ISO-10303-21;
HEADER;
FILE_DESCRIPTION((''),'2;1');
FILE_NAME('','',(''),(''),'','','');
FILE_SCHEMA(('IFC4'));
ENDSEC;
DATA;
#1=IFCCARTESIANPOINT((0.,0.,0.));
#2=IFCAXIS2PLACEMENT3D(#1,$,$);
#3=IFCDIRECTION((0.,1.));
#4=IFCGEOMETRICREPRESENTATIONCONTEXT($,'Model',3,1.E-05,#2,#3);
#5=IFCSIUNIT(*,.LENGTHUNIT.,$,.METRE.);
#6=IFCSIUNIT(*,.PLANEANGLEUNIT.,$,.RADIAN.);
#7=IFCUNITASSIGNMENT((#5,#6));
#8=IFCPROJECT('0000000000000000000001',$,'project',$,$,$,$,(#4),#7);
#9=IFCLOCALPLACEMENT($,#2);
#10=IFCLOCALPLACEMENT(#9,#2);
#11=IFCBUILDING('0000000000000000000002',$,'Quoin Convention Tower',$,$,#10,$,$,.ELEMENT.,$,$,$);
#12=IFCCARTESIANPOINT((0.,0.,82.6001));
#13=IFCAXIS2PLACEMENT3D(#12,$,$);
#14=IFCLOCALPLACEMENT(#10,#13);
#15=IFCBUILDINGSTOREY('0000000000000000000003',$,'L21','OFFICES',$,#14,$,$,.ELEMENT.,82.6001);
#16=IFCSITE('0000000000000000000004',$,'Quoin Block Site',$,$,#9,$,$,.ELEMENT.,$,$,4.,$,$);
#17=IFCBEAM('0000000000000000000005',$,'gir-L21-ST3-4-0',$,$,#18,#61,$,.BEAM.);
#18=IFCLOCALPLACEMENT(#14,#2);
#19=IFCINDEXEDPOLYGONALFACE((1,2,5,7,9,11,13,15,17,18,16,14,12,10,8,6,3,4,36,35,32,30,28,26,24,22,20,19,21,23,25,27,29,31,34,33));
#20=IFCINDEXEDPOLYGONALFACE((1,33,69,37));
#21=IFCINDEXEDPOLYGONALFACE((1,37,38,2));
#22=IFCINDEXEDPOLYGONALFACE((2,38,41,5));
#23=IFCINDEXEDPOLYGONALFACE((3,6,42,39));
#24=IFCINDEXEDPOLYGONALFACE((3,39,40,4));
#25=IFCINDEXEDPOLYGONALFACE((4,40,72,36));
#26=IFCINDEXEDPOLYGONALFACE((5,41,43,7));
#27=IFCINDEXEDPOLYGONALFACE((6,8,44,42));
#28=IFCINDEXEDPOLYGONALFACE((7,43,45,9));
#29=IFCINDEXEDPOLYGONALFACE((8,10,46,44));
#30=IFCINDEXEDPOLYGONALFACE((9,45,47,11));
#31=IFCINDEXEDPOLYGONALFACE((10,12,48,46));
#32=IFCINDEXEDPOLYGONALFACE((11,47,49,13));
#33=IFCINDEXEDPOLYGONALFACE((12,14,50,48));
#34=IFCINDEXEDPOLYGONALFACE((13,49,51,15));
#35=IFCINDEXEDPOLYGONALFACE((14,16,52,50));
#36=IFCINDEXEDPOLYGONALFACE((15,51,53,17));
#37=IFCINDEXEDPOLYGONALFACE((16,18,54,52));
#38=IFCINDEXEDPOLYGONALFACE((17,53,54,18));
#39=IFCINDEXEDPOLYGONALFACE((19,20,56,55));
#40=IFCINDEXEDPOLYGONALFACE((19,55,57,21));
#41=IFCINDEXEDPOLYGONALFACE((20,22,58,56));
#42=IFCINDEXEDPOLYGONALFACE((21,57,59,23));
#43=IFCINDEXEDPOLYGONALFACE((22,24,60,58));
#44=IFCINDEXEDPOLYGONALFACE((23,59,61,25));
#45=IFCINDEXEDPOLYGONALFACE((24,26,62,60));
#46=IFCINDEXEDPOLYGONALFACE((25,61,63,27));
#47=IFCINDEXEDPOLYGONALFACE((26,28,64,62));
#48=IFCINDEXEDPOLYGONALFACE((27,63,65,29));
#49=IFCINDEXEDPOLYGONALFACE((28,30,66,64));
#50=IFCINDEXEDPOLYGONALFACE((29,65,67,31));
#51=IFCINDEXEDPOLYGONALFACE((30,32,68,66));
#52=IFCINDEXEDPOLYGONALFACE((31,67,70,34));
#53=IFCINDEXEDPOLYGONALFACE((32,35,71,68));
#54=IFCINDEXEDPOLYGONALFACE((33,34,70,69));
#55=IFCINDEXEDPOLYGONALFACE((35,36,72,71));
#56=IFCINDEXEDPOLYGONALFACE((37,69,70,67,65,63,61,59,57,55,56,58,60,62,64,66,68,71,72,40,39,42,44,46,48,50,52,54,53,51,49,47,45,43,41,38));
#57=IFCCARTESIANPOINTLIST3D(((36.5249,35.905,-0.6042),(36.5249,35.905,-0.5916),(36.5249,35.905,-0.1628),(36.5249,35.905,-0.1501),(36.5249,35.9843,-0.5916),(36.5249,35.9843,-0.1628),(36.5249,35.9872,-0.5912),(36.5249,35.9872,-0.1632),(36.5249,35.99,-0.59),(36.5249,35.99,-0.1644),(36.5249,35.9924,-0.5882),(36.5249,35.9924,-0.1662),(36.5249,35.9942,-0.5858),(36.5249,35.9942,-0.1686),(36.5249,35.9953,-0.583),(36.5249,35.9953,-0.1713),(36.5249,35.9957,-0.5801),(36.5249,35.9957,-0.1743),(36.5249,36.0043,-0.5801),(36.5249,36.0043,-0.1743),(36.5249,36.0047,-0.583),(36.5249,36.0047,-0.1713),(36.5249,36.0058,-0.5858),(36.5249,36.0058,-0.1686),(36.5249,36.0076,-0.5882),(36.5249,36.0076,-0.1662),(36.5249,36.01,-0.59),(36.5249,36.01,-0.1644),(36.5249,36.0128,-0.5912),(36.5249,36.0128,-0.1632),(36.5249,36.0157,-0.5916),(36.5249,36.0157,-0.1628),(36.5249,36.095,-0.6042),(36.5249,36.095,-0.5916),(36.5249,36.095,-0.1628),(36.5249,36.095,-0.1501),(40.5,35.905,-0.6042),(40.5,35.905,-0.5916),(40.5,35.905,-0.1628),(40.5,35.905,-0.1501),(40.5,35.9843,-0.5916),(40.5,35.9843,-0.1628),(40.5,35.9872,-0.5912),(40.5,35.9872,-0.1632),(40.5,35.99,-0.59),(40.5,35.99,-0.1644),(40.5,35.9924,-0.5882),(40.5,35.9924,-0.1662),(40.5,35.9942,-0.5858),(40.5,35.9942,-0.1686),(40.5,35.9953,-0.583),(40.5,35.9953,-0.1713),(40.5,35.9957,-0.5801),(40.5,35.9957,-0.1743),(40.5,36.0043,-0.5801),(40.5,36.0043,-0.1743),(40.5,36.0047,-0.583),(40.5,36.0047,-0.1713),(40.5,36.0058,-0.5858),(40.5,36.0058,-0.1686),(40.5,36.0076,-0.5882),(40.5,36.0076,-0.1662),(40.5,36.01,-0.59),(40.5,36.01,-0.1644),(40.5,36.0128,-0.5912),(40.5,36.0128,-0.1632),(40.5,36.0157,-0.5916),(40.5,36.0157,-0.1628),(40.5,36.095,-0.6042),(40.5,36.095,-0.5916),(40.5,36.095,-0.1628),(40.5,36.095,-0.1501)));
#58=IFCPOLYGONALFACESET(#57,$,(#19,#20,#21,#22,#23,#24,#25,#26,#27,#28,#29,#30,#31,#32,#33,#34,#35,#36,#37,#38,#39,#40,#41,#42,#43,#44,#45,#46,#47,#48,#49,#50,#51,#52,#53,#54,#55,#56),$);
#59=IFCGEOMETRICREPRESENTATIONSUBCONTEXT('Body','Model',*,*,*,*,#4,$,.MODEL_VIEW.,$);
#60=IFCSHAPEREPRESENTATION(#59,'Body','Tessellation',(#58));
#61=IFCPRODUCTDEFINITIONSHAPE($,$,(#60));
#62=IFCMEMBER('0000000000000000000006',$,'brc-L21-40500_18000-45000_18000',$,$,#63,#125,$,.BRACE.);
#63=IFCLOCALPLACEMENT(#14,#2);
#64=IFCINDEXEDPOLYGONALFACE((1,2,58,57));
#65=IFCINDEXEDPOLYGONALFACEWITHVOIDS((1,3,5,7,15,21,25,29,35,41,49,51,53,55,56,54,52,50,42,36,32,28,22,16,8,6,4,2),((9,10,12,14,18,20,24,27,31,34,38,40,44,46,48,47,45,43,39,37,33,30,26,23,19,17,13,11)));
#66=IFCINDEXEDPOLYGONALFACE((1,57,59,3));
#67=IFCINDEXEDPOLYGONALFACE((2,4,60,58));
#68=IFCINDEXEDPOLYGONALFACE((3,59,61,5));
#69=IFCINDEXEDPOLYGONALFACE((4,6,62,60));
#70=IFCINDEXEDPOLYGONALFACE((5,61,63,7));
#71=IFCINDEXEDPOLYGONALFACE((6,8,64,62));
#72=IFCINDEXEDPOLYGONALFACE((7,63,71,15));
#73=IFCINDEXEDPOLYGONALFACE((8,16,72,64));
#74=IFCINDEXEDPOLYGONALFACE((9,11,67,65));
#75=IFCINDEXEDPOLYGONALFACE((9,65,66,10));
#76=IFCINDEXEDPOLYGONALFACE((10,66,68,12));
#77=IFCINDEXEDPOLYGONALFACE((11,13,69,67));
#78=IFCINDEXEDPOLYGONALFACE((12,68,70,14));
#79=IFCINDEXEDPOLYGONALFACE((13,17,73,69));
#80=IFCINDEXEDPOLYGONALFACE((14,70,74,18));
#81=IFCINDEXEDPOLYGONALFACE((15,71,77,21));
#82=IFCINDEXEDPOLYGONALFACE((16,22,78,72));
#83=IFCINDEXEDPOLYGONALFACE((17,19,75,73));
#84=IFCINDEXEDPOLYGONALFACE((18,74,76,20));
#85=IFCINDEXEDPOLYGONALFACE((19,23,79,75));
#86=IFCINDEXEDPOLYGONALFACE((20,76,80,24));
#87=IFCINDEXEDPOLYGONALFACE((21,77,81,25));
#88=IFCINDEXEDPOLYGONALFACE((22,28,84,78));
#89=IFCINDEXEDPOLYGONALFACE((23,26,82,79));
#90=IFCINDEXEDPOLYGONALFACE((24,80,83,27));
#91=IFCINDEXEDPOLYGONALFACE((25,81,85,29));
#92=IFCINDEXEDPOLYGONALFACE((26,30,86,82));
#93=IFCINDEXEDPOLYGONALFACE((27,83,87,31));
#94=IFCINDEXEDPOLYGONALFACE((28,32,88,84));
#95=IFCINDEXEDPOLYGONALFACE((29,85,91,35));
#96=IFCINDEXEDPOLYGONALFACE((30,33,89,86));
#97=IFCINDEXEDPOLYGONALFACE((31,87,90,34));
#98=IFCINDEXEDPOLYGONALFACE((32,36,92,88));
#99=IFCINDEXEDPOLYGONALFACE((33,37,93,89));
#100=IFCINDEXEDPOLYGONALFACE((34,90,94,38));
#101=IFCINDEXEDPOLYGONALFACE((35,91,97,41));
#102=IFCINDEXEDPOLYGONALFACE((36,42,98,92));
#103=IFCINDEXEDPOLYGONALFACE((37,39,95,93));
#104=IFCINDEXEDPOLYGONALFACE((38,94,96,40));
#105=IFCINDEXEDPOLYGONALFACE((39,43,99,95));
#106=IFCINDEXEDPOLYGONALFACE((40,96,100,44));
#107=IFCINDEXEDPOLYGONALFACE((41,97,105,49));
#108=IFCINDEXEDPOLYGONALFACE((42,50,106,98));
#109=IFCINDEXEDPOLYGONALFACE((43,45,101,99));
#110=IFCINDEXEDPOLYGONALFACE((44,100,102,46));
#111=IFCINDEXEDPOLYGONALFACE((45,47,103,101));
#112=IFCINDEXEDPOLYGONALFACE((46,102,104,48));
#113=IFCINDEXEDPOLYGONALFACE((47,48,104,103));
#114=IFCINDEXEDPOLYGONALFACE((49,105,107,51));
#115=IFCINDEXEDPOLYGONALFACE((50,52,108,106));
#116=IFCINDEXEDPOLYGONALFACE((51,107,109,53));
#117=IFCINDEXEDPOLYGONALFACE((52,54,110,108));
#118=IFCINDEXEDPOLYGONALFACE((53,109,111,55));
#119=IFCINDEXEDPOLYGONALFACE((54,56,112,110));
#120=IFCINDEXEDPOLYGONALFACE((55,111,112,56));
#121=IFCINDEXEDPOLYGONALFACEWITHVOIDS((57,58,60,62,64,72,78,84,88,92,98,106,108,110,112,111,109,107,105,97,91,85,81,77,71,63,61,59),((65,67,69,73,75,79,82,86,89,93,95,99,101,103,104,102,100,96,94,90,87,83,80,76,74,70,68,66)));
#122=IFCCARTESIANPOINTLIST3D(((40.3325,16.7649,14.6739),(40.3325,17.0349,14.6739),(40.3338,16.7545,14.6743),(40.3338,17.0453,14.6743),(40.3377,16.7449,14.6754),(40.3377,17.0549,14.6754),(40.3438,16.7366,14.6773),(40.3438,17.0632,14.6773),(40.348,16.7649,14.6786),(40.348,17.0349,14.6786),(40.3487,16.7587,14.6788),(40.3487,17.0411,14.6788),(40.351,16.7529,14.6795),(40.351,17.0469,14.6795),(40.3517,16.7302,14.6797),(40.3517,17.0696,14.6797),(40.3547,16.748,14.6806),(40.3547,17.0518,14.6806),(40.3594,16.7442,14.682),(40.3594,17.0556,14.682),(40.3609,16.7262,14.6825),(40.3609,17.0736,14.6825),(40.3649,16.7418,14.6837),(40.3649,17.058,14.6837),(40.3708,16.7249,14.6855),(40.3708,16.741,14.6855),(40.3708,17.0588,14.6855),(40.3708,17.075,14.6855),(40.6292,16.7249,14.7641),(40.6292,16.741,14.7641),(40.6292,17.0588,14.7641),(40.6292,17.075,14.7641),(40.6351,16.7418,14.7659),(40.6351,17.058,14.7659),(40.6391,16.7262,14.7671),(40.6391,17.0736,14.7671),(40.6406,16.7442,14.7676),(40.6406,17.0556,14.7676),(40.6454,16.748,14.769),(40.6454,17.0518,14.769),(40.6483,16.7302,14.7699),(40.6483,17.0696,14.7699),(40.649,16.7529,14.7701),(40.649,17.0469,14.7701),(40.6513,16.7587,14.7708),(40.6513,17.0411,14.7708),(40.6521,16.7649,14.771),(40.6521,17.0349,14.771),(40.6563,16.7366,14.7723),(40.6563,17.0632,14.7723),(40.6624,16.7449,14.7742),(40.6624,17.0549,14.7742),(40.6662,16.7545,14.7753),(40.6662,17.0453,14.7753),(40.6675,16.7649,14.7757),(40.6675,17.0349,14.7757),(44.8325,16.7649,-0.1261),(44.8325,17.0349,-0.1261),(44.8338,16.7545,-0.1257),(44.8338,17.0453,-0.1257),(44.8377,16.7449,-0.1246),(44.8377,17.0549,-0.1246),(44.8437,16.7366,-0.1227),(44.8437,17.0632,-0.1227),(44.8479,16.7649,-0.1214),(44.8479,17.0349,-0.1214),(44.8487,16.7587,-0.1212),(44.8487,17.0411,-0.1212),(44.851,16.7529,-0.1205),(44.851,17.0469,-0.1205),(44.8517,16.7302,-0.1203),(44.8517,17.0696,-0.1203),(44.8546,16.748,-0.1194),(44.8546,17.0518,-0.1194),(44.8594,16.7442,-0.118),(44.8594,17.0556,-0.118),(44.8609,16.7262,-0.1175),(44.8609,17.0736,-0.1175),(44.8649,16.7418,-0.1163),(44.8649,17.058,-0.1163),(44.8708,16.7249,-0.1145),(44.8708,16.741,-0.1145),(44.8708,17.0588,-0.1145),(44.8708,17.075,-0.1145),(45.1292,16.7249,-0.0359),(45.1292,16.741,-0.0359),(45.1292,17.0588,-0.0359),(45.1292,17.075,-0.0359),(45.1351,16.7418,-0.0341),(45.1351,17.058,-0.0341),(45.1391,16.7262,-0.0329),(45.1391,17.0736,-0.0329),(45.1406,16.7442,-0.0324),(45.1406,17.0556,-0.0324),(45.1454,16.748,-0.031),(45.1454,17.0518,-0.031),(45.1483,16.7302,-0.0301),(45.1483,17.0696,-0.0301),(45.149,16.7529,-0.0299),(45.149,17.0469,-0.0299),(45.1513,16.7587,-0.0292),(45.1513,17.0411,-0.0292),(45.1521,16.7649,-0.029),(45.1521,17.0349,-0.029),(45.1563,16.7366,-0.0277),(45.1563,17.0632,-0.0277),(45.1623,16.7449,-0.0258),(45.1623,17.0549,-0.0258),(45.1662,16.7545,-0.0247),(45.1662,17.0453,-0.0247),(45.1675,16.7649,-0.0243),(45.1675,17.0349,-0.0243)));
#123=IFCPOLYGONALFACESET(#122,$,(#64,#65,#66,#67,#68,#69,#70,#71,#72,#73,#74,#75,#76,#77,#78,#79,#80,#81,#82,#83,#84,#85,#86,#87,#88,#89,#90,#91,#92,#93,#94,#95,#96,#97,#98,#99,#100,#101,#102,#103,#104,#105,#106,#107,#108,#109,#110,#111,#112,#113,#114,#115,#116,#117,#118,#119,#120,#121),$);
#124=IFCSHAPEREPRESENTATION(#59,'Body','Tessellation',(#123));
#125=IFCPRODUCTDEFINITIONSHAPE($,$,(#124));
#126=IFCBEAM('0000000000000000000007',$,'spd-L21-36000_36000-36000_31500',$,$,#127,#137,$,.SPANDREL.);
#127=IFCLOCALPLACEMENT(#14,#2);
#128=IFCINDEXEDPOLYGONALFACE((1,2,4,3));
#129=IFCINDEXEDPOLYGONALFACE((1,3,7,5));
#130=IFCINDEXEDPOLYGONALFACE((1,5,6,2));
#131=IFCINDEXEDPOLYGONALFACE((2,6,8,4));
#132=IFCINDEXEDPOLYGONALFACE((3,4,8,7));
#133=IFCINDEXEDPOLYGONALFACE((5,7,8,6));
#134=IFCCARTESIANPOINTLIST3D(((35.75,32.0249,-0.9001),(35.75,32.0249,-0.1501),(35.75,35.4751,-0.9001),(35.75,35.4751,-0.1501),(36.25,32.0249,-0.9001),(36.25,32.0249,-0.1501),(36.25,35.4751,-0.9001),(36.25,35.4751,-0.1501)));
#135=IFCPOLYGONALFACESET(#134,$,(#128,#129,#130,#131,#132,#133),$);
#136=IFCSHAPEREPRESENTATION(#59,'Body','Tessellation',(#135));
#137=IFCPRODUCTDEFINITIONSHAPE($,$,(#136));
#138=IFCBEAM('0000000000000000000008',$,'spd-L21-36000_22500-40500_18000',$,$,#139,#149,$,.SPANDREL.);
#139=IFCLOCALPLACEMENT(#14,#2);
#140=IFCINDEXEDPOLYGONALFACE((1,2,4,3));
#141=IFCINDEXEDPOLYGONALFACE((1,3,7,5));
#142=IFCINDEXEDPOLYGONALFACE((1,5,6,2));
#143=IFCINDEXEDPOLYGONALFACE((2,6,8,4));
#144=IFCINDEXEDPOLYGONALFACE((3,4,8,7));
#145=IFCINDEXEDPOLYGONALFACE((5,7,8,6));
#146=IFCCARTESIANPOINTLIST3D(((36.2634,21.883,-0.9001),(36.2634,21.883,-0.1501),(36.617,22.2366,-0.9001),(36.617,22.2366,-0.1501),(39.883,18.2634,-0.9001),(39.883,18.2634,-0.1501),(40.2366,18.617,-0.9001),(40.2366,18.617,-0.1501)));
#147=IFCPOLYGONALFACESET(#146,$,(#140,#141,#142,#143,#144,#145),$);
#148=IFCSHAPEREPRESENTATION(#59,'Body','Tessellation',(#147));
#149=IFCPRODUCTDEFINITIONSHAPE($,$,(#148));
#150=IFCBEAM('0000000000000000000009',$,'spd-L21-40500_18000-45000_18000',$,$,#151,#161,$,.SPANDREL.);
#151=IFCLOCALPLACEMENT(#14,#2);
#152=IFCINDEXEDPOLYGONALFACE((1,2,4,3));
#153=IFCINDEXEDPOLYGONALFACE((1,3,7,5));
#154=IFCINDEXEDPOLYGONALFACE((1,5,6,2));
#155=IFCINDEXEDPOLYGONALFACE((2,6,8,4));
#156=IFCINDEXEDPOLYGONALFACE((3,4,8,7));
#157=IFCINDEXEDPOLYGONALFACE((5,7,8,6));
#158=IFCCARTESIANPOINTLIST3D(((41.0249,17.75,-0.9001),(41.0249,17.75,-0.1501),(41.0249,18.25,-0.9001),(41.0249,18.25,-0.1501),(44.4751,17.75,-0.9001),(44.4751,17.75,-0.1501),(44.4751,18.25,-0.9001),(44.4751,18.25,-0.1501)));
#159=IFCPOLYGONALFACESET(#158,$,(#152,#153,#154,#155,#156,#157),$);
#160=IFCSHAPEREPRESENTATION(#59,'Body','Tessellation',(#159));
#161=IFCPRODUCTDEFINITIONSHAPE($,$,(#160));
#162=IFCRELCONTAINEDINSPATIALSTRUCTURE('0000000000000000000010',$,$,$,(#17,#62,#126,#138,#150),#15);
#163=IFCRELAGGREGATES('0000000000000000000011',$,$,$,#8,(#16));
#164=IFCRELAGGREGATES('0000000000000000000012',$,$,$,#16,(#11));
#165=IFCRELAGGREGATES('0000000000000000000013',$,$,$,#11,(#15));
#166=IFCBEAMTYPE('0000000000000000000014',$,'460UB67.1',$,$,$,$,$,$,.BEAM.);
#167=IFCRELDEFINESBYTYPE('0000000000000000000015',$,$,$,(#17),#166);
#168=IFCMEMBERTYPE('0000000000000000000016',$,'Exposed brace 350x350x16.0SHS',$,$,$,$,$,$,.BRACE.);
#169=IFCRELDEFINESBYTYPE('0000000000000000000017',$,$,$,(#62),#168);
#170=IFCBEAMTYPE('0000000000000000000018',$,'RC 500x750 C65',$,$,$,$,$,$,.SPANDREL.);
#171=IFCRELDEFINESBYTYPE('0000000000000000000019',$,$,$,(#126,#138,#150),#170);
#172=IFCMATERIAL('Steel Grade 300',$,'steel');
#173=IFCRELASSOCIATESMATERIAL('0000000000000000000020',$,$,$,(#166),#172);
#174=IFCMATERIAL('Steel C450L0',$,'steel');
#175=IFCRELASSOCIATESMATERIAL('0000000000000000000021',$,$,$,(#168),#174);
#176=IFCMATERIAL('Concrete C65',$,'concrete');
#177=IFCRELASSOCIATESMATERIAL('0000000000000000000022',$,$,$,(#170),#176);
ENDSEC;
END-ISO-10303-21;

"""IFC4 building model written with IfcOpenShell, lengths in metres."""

from ifc_helpers import new_model, si_unit, direction, frame, origin, origin_2d, place, context, subcontext, project, spatial, rectangle, hollow_rectangle, i_section, extrude, material, material_profile, profile_set, type_object, element, save


model = new_model("IFC4")

# Units and contexts
model_context = context("Model", 3, precision=1e-05, world=origin(), true_north=direction((0.0, 1.0)))
body_context = subcontext(model_context, "Body", "Model", "MODEL_VIEW")
ifc_project = project(units=[si_unit("LENGTHUNIT", "METRE"), si_unit("PLANEANGLEUNIT", "RADIAN")], contexts=[model_context])

# Site, building, storey
site_placement = place(None, origin())
site = spatial("IfcSite", under=ifc_project, at=site_placement, Name="Quoin Block Site", CompositionType="ELEMENT", RefElevation=4.0)
building_placement = place(site_placement, origin())
building = spatial("IfcBuilding", under=site, at=building_placement, Name="Quoin Convention Tower", CompositionType="ELEMENT")
storey_placement = place(building_placement, frame((0.0, 0.0, 82.6001)))
storey = spatial("IfcBuildingStorey", under=building, at=storey_placement, Name="L21", Description="OFFICES", CompositionType="ELEMENT", Elevation=82.6001)

# Shared definitions
ifc_material_1 = material(Name="Concrete C65", Category="concrete")

# Beam
ifc_material_2 = material(Name="Steel Grade 300", Category="steel")
ifc_material_3 = material(Name="Steel C450L0", Category="steel")
ifc_material_profile_1 = material_profile(ifc_material_2, i_section(OverallWidth=0.1899, OverallDepth=0.4541, WebThickness=0.0085, FlangeThickness=0.0127, FilletRadius=0.0115, at=origin_2d()), Name="460UB67.1")
ifc_profile_set_1 = profile_set([ifc_material_profile_1], Name="Steel Grade 300")
beam_type_1 = type_object("IfcBeamType", Name="460UB67.1", PredefinedType="BEAM", material=ifc_profile_set_1)
beam_1_placement = place(storey_placement, frame((36.5249, 36.0, -0.3772), z_axis=(1.0, 0.0, 0.0), x_axis=(0.0, 1.0, 0.0)))
element("IfcBeam", 1, at=beam_1_placement, inside=storey, type_object=beam_type_1, Name="gir-L21-ST3-4-0", PredefinedType="BEAM", context=body_context, shape_type="SweptSolid", body=[
    extrude(i_section(OverallWidth=0.1899, OverallDepth=0.4541, WebThickness=0.0085, FlangeThickness=0.0127, FilletRadius=0.0115, at=origin_2d()), origin(), (0.0, 0.0, 1.0), 3.9751),
])

# Member
ifc_material_profile_2 = material_profile(ifc_material_3, hollow_rectangle(XDim=0.3501, YDim=0.3501, WallThickness=0.0161, InnerFilletRadius=0.0239, OuterFilletRadius=0.04, at=origin_2d()), Name="350x350x16.0SHS")
ifc_profile_set_2 = profile_set([ifc_material_profile_2], Name="Steel C450L0")
member_type = type_object("IfcMemberType", Name="Exposed brace 350x350x16.0SHS", PredefinedType="BRACE", material=ifc_profile_set_2)
member_placement = place(storey_placement, frame((45.0, 16.8999, -0.0752), z_axis=(-0.290903, 0.0, 0.956752), x_axis=(0.0, -1.0, 0.0)))
element("IfcMember", 2, at=member_placement, inside=storey, type_object=member_type, Name="brc-L21-40500_18000-45000_18000", PredefinedType="BRACE", context=body_context, shape_type="SweptSolid", body=[
    extrude(hollow_rectangle(XDim=0.3501, YDim=0.3501, WallThickness=0.0161, InnerFilletRadius=0.0239, OuterFilletRadius=0.04, at=origin_2d()), origin(), (0.0, 0.0, 1.0), 15.469),
])

# Beams
ifc_material_profile_3 = material_profile(ifc_material_1, rectangle(XDim=0.5, YDim=0.75, at=origin_2d()), Name="RC 500x750")
ifc_profile_set_3 = profile_set([ifc_material_profile_3], Name="Concrete C65")
beam_type_2 = type_object("IfcBeamType", Name="RC 500x750 C65", PredefinedType="SPANDREL", material=ifc_profile_set_3)
beam_2_placement = place(storey_placement, frame((36.0, 35.4751, -0.5251), z_axis=(0.0, -1.0, 0.0), x_axis=(1.0, 0.0, 0.0)))
element("IfcBeam", 3, at=beam_2_placement, inside=storey, type_object=beam_type_2, Name="spd-L21-36000_36000-36000_31500", PredefinedType="SPANDREL", context=body_context, shape_type="SweptSolid", body=[
    extrude(rectangle(XDim=0.5, YDim=0.75, at=origin_2d()), origin(), (0.0, 0.0, 1.0), 3.4502),
])
beam_3_placement = place(storey_placement, frame((36.4402, 22.0598, -0.5251), z_axis=(0.707107, -0.707107, 0.0), x_axis=(0.707107, 0.707107, 0.0)))
element("IfcBeam", 4, at=beam_3_placement, inside=storey, type_object=beam_type_2, Name="spd-L21-36000_22500-40500_18000", PredefinedType="SPANDREL", context=body_context, shape_type="SweptSolid", body=[
    extrude(rectangle(XDim=0.5, YDim=0.75, at=origin_2d()), origin(), (0.0, 0.0, 1.0), 5.1189),
])
beam_4_placement = place(storey_placement, frame((41.0249, 18.0, -0.5251), z_axis=(1.0, 0.0, 0.0), x_axis=(0.0, 1.0, 0.0)))
element("IfcBeam", 5, at=beam_4_placement, inside=storey, type_object=beam_type_2, Name="spd-L21-40500_18000-45000_18000", PredefinedType="SPANDREL", context=body_context, shape_type="SweptSolid", body=[
    extrude(rectangle(XDim=0.5, YDim=0.75, at=origin_2d()), origin(), (0.0, 0.0, 1.0), 3.4502),
])

save(model, "model.ifc")
